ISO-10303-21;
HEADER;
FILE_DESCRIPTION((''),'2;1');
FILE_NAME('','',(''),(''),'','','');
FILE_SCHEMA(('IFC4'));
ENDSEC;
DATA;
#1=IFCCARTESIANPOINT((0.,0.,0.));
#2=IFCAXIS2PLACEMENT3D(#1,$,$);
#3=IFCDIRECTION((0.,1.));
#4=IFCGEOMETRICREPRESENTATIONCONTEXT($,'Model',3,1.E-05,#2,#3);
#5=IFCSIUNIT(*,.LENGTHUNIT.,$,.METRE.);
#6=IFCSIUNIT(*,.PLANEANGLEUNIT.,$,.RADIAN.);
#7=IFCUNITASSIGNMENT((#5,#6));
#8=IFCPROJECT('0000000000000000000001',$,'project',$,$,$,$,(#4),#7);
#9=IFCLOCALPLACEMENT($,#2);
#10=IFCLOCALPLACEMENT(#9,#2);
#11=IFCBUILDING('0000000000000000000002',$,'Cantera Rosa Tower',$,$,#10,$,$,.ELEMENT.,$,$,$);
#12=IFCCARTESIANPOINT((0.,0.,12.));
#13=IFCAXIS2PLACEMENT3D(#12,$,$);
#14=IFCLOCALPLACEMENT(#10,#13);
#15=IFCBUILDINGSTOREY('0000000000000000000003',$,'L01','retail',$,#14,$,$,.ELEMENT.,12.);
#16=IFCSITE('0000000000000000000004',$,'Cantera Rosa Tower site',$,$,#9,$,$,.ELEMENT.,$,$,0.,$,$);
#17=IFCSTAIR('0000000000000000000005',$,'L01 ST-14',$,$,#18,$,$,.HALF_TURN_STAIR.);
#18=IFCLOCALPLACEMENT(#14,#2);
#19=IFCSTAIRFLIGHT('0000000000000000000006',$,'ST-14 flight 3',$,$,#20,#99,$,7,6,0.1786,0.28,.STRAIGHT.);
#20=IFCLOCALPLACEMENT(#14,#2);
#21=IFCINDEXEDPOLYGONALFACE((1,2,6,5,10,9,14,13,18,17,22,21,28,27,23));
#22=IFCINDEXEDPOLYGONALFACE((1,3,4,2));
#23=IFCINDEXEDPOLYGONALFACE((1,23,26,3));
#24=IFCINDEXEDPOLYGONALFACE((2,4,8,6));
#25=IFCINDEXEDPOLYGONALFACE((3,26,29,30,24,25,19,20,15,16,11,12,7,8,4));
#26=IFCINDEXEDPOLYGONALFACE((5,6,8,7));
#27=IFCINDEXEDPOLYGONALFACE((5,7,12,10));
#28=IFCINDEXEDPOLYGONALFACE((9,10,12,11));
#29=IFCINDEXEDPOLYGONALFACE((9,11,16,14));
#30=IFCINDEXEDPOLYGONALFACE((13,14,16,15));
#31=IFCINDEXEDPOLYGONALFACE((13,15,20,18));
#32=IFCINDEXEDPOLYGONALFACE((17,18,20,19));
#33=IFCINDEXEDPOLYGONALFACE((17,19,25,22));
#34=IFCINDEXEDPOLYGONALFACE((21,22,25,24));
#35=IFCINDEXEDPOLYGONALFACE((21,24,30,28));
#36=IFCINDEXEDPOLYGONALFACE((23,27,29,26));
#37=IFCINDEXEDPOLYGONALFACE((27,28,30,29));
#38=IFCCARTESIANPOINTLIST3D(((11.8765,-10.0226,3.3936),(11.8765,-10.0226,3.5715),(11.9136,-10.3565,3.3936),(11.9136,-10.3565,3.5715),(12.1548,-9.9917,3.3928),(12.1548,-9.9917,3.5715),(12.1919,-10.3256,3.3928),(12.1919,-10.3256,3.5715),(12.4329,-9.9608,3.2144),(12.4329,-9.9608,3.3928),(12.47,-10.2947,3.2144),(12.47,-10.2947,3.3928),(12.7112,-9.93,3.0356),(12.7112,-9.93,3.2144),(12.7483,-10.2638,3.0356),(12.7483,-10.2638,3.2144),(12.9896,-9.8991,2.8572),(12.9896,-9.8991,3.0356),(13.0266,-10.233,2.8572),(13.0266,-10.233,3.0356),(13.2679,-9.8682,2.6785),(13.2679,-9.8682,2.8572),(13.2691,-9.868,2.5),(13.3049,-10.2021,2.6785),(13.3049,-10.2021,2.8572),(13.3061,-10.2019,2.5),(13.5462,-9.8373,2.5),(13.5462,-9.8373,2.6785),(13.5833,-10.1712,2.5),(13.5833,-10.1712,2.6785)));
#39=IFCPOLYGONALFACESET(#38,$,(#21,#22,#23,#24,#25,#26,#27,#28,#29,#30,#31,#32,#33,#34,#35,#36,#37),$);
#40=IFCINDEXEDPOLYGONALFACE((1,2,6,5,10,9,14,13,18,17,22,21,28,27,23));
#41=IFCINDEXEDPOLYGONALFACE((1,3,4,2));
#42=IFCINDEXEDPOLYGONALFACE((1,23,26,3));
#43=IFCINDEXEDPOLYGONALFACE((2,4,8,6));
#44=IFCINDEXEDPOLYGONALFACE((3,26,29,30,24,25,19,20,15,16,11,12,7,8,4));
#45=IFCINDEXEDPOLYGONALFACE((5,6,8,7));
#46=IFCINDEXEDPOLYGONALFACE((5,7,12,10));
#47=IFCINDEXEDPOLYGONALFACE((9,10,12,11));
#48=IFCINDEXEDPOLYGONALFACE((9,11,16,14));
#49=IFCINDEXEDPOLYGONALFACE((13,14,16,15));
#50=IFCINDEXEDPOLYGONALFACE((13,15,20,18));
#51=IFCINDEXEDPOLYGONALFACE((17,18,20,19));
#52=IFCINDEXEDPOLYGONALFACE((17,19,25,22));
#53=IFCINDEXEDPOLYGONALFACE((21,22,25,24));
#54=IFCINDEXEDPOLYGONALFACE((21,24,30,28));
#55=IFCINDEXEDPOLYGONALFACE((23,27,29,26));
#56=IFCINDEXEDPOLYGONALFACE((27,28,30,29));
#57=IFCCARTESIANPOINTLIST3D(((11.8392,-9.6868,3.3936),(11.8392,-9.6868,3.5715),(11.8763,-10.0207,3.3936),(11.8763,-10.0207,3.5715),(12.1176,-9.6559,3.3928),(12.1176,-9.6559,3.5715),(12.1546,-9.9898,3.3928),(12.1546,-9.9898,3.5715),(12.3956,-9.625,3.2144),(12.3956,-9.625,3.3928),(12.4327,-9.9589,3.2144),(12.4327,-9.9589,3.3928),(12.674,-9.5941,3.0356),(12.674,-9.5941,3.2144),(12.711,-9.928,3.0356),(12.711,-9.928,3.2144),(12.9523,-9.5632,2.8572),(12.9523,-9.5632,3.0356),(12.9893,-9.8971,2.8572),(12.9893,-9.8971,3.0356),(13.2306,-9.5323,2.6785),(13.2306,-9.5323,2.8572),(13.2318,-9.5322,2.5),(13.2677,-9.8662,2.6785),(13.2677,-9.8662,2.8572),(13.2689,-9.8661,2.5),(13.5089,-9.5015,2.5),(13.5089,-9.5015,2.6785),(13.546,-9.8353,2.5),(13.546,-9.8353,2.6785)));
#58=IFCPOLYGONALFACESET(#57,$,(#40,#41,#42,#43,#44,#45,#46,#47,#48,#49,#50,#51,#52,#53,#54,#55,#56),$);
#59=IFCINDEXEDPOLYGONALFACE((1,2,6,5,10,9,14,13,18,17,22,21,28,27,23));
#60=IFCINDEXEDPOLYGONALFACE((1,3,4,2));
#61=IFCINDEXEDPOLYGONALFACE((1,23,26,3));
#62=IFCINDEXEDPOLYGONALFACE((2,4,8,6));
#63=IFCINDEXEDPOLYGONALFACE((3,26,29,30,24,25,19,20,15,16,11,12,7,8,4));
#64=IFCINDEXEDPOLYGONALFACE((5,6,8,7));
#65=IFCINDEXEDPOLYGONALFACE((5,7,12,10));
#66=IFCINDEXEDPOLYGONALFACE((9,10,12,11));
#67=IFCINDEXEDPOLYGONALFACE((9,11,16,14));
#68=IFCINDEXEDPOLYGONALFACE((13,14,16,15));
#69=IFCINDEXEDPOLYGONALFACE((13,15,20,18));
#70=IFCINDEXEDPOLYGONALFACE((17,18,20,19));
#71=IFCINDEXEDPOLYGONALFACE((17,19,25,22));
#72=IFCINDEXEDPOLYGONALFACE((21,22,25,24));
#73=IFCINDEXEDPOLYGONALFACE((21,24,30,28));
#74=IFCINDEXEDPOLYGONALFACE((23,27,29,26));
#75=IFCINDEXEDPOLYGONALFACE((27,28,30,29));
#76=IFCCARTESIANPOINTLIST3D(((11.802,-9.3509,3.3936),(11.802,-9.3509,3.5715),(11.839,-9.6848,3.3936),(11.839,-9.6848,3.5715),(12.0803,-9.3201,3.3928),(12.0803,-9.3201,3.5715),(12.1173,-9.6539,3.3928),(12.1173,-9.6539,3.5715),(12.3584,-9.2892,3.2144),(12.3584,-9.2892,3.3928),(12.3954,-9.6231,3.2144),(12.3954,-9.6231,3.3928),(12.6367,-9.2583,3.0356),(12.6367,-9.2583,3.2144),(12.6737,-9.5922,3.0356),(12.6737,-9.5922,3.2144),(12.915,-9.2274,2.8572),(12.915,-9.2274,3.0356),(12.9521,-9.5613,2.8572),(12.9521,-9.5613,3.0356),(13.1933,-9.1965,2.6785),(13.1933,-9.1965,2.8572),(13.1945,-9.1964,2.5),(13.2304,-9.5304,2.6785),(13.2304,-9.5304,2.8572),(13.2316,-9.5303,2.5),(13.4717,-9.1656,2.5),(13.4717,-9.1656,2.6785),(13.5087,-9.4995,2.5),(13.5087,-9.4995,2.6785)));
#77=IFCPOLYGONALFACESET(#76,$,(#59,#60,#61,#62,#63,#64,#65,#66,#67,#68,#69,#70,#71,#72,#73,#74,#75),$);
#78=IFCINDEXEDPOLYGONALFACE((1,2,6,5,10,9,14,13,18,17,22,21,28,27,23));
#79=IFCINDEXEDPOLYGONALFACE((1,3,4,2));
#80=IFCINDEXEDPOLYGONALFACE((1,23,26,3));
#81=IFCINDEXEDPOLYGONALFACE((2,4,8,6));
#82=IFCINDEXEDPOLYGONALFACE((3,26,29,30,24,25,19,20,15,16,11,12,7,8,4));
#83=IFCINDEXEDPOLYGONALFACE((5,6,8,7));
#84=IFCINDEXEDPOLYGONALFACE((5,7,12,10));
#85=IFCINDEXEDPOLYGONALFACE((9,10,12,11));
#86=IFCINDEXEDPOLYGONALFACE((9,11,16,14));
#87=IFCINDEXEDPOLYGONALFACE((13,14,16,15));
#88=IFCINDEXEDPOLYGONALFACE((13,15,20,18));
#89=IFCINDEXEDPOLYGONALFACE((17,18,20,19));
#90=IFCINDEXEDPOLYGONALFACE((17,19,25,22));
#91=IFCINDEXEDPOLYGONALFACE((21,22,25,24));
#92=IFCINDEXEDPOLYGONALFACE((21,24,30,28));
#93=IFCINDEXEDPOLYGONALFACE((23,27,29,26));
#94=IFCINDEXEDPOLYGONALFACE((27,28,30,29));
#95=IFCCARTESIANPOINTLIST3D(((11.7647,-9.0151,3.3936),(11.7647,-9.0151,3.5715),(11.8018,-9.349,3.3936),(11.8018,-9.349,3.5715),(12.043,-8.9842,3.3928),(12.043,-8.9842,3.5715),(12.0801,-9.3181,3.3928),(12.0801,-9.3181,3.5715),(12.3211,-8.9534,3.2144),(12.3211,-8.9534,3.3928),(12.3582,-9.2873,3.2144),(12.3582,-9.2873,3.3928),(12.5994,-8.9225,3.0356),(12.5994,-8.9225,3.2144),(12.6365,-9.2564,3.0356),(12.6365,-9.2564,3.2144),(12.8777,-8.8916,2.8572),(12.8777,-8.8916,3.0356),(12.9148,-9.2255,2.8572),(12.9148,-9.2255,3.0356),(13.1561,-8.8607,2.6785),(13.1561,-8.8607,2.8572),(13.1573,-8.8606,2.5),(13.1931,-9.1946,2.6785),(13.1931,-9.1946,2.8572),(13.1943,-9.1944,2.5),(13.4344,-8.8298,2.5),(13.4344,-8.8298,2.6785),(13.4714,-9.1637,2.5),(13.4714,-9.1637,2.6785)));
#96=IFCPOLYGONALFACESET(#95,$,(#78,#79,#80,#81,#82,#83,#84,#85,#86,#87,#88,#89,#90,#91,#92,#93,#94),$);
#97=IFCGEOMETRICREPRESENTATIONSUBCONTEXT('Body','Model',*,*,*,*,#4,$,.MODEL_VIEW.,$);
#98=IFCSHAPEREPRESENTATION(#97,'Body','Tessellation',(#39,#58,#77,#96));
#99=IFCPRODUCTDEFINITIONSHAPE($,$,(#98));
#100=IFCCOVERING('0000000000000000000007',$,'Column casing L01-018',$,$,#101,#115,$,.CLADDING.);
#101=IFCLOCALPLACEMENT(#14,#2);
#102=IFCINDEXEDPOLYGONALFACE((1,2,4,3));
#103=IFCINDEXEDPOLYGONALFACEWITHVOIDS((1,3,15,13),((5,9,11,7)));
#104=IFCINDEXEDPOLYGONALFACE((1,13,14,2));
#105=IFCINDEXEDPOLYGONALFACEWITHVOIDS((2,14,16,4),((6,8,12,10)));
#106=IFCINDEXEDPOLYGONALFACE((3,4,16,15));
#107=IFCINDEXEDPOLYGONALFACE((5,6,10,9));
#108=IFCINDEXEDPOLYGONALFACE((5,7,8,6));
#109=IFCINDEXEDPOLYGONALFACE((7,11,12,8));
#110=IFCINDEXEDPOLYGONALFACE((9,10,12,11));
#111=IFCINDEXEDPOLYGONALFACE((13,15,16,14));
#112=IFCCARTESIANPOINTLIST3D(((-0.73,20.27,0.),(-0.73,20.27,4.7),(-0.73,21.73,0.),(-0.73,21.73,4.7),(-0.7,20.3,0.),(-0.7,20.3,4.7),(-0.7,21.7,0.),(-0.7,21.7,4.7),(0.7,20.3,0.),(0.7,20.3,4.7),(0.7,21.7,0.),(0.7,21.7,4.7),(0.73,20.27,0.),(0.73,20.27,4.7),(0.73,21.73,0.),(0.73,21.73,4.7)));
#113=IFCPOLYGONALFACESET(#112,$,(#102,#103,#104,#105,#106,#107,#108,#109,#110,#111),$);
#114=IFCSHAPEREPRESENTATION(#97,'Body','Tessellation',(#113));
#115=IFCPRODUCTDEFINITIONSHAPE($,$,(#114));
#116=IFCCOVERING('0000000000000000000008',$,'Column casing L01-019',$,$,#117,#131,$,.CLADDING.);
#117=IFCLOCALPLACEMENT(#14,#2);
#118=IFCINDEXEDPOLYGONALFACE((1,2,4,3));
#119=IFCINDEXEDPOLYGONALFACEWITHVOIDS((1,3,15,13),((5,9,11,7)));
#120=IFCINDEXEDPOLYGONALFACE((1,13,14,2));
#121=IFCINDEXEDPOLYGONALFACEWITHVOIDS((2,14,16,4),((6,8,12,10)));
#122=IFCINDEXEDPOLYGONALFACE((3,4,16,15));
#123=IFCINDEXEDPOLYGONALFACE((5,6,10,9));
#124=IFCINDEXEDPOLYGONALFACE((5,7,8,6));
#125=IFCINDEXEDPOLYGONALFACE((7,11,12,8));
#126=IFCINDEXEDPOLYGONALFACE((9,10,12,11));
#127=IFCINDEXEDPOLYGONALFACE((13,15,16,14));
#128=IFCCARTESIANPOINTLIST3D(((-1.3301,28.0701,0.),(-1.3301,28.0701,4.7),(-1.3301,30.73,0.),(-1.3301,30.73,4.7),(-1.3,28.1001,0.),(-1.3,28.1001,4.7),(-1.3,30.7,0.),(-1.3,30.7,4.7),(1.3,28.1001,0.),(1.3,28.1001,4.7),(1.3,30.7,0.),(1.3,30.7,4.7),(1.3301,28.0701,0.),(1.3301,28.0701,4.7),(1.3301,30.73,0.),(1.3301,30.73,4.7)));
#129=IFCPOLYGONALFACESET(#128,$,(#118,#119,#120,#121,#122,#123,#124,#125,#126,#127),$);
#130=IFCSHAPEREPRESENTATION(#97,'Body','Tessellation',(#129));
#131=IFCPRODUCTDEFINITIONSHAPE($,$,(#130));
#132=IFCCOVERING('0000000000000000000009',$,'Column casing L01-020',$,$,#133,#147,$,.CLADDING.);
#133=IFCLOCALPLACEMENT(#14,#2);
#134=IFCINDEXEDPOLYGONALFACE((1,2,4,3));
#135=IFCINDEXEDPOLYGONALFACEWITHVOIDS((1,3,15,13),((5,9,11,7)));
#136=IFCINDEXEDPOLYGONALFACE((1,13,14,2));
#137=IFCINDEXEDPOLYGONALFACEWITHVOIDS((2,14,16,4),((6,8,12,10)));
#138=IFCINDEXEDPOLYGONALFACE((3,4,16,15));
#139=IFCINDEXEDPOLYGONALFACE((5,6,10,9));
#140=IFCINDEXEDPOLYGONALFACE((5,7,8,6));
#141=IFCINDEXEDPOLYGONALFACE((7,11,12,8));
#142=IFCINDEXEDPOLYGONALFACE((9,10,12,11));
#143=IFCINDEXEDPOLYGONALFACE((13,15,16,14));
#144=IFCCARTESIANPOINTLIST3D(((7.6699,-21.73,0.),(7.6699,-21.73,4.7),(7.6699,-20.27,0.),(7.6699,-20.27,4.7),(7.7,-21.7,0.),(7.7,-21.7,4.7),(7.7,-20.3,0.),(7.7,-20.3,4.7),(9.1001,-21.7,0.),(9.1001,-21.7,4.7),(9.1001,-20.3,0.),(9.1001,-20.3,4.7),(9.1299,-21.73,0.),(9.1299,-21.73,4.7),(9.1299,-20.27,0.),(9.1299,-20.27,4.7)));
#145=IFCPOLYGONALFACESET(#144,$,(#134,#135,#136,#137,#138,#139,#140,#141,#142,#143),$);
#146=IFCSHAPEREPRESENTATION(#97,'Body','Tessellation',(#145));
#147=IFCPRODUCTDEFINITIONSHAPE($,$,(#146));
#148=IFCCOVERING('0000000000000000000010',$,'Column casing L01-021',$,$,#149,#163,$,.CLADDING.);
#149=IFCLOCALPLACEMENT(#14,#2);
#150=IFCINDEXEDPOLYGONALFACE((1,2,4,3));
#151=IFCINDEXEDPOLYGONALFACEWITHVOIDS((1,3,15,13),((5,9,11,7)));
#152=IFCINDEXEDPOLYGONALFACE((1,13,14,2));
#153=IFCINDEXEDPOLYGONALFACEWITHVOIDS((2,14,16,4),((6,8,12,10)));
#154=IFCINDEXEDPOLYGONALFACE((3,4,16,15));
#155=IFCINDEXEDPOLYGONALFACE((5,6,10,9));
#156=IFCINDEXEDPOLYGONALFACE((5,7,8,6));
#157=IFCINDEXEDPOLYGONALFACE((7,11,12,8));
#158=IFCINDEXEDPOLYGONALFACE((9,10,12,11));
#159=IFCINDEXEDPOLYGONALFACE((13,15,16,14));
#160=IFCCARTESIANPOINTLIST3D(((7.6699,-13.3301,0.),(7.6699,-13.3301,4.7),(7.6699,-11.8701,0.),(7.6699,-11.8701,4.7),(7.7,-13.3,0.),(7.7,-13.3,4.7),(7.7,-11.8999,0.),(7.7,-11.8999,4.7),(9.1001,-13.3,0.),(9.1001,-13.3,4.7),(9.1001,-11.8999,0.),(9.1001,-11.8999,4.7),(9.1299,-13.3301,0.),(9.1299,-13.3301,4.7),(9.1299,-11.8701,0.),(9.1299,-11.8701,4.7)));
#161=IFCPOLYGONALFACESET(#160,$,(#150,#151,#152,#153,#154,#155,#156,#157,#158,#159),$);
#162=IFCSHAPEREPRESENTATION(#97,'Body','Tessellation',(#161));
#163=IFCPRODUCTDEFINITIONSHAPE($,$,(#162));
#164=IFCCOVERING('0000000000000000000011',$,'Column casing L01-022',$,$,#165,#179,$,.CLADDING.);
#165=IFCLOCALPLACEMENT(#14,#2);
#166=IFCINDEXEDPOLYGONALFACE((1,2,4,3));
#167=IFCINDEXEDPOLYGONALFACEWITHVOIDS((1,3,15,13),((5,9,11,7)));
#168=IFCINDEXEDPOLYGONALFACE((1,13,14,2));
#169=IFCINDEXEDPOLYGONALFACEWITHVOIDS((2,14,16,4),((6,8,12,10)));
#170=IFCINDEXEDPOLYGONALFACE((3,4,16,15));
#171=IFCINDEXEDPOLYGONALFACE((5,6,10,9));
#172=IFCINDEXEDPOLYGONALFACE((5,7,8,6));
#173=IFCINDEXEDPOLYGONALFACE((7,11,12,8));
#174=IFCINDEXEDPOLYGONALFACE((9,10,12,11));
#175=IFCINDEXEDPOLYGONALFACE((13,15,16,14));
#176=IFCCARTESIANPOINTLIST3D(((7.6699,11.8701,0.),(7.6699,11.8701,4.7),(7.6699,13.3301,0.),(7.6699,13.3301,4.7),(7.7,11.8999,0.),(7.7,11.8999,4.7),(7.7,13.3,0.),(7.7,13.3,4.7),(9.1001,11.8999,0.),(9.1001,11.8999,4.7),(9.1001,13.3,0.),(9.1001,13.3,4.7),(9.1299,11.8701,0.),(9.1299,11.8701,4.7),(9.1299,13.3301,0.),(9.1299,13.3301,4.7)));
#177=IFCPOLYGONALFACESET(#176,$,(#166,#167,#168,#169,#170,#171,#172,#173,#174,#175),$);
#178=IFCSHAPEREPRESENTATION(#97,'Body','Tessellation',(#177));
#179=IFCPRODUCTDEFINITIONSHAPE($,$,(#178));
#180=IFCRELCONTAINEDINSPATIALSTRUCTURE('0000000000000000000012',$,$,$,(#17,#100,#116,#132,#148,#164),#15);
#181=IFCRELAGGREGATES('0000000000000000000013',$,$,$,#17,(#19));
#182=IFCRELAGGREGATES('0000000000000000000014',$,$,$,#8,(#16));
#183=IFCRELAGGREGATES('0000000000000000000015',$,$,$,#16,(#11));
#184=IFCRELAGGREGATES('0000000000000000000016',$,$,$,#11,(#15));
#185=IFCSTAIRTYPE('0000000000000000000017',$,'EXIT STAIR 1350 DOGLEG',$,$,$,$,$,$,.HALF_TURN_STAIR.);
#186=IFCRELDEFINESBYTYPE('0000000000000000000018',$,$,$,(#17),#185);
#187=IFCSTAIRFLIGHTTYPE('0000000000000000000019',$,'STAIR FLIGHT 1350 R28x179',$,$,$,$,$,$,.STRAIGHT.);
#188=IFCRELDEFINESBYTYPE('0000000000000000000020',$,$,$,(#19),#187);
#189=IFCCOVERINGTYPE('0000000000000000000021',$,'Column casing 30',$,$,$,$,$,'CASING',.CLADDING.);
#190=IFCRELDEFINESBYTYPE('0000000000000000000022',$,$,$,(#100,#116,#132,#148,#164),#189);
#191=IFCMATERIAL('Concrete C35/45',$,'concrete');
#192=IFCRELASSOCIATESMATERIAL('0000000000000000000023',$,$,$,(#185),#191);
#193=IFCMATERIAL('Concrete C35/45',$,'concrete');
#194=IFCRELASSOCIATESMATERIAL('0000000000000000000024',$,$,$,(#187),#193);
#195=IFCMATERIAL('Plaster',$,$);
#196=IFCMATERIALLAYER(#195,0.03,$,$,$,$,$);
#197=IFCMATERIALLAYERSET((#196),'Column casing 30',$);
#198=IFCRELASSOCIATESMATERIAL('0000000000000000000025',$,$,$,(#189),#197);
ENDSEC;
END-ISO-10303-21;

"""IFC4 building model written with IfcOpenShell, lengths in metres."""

from ifc_helpers import new_model, si_unit, direction, frame, origin, place, context, subcontext, project, spatial, polyline, outline, extrude, material, layer, layer_set, type_object, element, aggregate, save


model = new_model("IFC4")

# Units and contexts
model_context = context("Model", 3, precision=1e-05, world=origin(), true_north=direction((0.0, 1.0)))
body_context = subcontext(model_context, "Body", "Model", "MODEL_VIEW")
ifc_project = project(units=[si_unit("LENGTHUNIT", "METRE"), si_unit("PLANEANGLEUNIT", "RADIAN")], contexts=[model_context])

# Site, building, storey
site_placement = place(None, origin())
site = spatial("IfcSite", under=ifc_project, at=site_placement, Name="Cantera Rosa Tower site", CompositionType="ELEMENT", RefElevation=0.0)
building_placement = place(site_placement, origin())
building = spatial("IfcBuilding", under=site, at=building_placement, Name="Cantera Rosa Tower", CompositionType="ELEMENT")
storey_placement = place(building_placement, frame((0.0, 0.0, 12.0)))
storey = spatial("IfcBuildingStorey", under=building, at=storey_placement, Name="L01", Description="retail", CompositionType="ELEMENT", Elevation=12.0)

# Stair, stair flight
ifc_material_1 = material(Name="Concrete C35/45", Category="concrete")
stair_type = type_object("IfcStairType", Name="EXIT STAIR 1350 DOGLEG", PredefinedType="HALF_TURN_STAIR", material=ifc_material_1)
stair_placement = place(storey_placement, origin())
stair = element("IfcStair", 1, at=stair_placement, inside=storey, type_object=stair_type, Name="L01 ST-14", PredefinedType="HALF_TURN_STAIR")
ifc_material_2 = material(Name="Concrete C35/45", Category="concrete")
stair_flight_type = type_object("IfcStairFlightType", Name="STAIR FLIGHT 1350 R28x179", PredefinedType="STRAIGHT", material=ifc_material_2)
stair_flight_1_placement = place(storey_placement, frame((13.5088, -9.5002, 2.5), z_axis=(0.0, 0.0, 1.0), x_axis=(-0.993897, -0.110313, 0.0)))
stair_flight_1 = element("IfcStairFlight", 2, at=stair_flight_1_placement, type_object=stair_flight_type, Name="ST-14 flight 3", NumberOfRisers=7, NumberOfTreads=6, PredefinedType="STRAIGHT", RiserHeight=0.1786, TreadLength=0.28, context=body_context, shape_type="SweptSolid", body=[
    extrude(outline(polyline([(0.0, 0.0), (0.0, 0.1785), (0.28, 0.1785), (0.28, 0.3572), (0.5601, 0.3572), (0.5601, 0.5356), (0.8401, 0.5356), (0.8401, 0.7144), (1.1201, 0.7144), (1.1201, 0.8928), (1.3999, 0.8928), (1.3999, 1.0715), (1.6799, 1.0715), (1.6799, 1.25), (1.6799, 0.8936), (0.2788, 0.0), (0.0, 0.0)])), frame((0.0, 0.675, 0.0), z_axis=(0.0, -1.0, 0.0), x_axis=(1.0, 0.0, 0.0)), (0.0, 0.0, 1.0), 0.3359),
    extrude(outline(polyline([(0.0, 0.0), (0.0, 0.1785), (0.28, 0.1785), (0.28, 0.3572), (0.5601, 0.3572), (0.5601, 0.5356), (0.8401, 0.5356), (0.8401, 0.7144), (1.1201, 0.7144), (1.1201, 0.8928), (1.3999, 0.8928), (1.3999, 1.0715), (1.6799, 1.0715), (1.6799, 1.25), (1.6799, 0.8936), (0.2788, 0.0), (0.0, 0.0)])), frame((0.0, 0.3372, 0.0), z_axis=(0.0, -1.0, 0.0), x_axis=(1.0, 0.0, 0.0)), (0.0, 0.0, 1.0), 0.3359),
    extrude(outline(polyline([(0.0, 0.0), (0.0, 0.1785), (0.28, 0.1785), (0.28, 0.3572), (0.5601, 0.3572), (0.5601, 0.5356), (0.8401, 0.5356), (0.8401, 0.7144), (1.1201, 0.7144), (1.1201, 0.8928), (1.3999, 0.8928), (1.3999, 1.0715), (1.6799, 1.0715), (1.6799, 1.25), (1.6799, 0.8936), (0.2788, 0.0), (0.0, 0.0)])), frame((0.0, -0.0007, 0.0), z_axis=(0.0, -1.0, 0.0), x_axis=(1.0, 0.0, 0.0)), (0.0, 0.0, 1.0), 0.3359),
    extrude(outline(polyline([(0.0, 0.0), (0.0, 0.1785), (0.28, 0.1785), (0.28, 0.3572), (0.5601, 0.3572), (0.5601, 0.5356), (0.8401, 0.5356), (0.8401, 0.7144), (1.1201, 0.7144), (1.1201, 0.8928), (1.3999, 0.8928), (1.3999, 1.0715), (1.6799, 1.0715), (1.6799, 1.25), (1.6799, 0.8936), (0.2788, 0.0), (0.0, 0.0)])), frame((0.0, -0.3386, 0.0), z_axis=(0.0, -1.0, 0.0), x_axis=(1.0, 0.0, 0.0)), (0.0, 0.0, 1.0), 0.3359),
])
aggregate(stair, [stair_flight_1])

# Coverings
ifc_material_3 = material(Name="Plaster")
ifc_layer_1 = layer(ifc_material_3, 0.03)
ifc_layer_set_1 = layer_set([ifc_layer_1], Name="Column casing 30")
covering_type = type_object("IfcCoveringType", Name="Column casing 30", ElementType="CASING", PredefinedType="CLADDING", material=ifc_layer_set_1)
covering_1_placement = place(storey_placement, origin())
element("IfcCovering", 3, at=covering_1_placement, inside=storey, type_object=covering_type, Name="Column casing L01-018", PredefinedType="CLADDING", context=body_context, shape_type="SweptSolid", body=[
    extrude(outline(polyline([(-0.73, 20.27), (0.73, 20.27), (0.73, 21.73), (-0.73, 21.73), (-0.73, 20.27)]), holes=[polyline([(0.7, 21.7), (-0.7, 21.7), (-0.7, 20.3), (0.7, 20.3), (0.7, 21.7)])]), origin(), (0.0, 0.0, 1.0), 4.7),
])
covering_2_placement = place(storey_placement, origin())
element("IfcCovering", 4, at=covering_2_placement, inside=storey, type_object=covering_type, Name="Column casing L01-019", PredefinedType="CLADDING", context=body_context, shape_type="SweptSolid", body=[
    extrude(outline(polyline([(-1.3301, 28.0701), (1.3301, 28.0701), (1.3301, 30.73), (-1.3301, 30.73), (-1.3301, 28.0701)]), holes=[polyline([(1.3, 30.7), (-1.3, 30.7), (-1.3, 28.1001), (1.3, 28.1001), (1.3, 30.7)])]), origin(), (0.0, 0.0, 1.0), 4.7),
])
covering_3_placement = place(storey_placement, origin())
element("IfcCovering", 5, at=covering_3_placement, inside=storey, type_object=covering_type, Name="Column casing L01-020", PredefinedType="CLADDING", context=body_context, shape_type="SweptSolid", body=[
    extrude(outline(polyline([(7.6699, -21.73), (9.1299, -21.73), (9.1299, -20.27), (7.6699, -20.27), (7.6699, -21.73)]), holes=[polyline([(9.1001, -20.3), (7.7, -20.3), (7.7, -21.7), (9.1001, -21.7), (9.1001, -20.3)])]), origin(), (0.0, 0.0, 1.0), 4.7),
])
covering_4_placement = place(storey_placement, origin())
element("IfcCovering", 6, at=covering_4_placement, inside=storey, type_object=covering_type, Name="Column casing L01-021", PredefinedType="CLADDING", context=body_context, shape_type="SweptSolid", body=[
    extrude(outline(polyline([(7.6699, -13.3301), (9.1299, -13.3301), (9.1299, -11.8701), (7.6699, -11.8701), (7.6699, -13.3301)]), holes=[polyline([(9.1001, -11.8999), (7.7, -11.8999), (7.7, -13.3), (9.1001, -13.3), (9.1001, -11.8999)])]), origin(), (0.0, 0.0, 1.0), 4.7),
])
covering_5_placement = place(storey_placement, origin())
element("IfcCovering", 7, at=covering_5_placement, inside=storey, type_object=covering_type, Name="Column casing L01-022", PredefinedType="CLADDING", context=body_context, shape_type="SweptSolid", body=[
    extrude(outline(polyline([(7.6699, 11.8701), (9.1299, 11.8701), (9.1299, 13.3301), (7.6699, 13.3301), (7.6699, 11.8701)]), holes=[polyline([(9.1001, 13.3), (7.7, 13.3), (7.7, 11.8999), (9.1001, 11.8999), (9.1001, 13.3)])]), origin(), (0.0, 0.0, 1.0), 4.7),
])

save(model, "model.ifc")
